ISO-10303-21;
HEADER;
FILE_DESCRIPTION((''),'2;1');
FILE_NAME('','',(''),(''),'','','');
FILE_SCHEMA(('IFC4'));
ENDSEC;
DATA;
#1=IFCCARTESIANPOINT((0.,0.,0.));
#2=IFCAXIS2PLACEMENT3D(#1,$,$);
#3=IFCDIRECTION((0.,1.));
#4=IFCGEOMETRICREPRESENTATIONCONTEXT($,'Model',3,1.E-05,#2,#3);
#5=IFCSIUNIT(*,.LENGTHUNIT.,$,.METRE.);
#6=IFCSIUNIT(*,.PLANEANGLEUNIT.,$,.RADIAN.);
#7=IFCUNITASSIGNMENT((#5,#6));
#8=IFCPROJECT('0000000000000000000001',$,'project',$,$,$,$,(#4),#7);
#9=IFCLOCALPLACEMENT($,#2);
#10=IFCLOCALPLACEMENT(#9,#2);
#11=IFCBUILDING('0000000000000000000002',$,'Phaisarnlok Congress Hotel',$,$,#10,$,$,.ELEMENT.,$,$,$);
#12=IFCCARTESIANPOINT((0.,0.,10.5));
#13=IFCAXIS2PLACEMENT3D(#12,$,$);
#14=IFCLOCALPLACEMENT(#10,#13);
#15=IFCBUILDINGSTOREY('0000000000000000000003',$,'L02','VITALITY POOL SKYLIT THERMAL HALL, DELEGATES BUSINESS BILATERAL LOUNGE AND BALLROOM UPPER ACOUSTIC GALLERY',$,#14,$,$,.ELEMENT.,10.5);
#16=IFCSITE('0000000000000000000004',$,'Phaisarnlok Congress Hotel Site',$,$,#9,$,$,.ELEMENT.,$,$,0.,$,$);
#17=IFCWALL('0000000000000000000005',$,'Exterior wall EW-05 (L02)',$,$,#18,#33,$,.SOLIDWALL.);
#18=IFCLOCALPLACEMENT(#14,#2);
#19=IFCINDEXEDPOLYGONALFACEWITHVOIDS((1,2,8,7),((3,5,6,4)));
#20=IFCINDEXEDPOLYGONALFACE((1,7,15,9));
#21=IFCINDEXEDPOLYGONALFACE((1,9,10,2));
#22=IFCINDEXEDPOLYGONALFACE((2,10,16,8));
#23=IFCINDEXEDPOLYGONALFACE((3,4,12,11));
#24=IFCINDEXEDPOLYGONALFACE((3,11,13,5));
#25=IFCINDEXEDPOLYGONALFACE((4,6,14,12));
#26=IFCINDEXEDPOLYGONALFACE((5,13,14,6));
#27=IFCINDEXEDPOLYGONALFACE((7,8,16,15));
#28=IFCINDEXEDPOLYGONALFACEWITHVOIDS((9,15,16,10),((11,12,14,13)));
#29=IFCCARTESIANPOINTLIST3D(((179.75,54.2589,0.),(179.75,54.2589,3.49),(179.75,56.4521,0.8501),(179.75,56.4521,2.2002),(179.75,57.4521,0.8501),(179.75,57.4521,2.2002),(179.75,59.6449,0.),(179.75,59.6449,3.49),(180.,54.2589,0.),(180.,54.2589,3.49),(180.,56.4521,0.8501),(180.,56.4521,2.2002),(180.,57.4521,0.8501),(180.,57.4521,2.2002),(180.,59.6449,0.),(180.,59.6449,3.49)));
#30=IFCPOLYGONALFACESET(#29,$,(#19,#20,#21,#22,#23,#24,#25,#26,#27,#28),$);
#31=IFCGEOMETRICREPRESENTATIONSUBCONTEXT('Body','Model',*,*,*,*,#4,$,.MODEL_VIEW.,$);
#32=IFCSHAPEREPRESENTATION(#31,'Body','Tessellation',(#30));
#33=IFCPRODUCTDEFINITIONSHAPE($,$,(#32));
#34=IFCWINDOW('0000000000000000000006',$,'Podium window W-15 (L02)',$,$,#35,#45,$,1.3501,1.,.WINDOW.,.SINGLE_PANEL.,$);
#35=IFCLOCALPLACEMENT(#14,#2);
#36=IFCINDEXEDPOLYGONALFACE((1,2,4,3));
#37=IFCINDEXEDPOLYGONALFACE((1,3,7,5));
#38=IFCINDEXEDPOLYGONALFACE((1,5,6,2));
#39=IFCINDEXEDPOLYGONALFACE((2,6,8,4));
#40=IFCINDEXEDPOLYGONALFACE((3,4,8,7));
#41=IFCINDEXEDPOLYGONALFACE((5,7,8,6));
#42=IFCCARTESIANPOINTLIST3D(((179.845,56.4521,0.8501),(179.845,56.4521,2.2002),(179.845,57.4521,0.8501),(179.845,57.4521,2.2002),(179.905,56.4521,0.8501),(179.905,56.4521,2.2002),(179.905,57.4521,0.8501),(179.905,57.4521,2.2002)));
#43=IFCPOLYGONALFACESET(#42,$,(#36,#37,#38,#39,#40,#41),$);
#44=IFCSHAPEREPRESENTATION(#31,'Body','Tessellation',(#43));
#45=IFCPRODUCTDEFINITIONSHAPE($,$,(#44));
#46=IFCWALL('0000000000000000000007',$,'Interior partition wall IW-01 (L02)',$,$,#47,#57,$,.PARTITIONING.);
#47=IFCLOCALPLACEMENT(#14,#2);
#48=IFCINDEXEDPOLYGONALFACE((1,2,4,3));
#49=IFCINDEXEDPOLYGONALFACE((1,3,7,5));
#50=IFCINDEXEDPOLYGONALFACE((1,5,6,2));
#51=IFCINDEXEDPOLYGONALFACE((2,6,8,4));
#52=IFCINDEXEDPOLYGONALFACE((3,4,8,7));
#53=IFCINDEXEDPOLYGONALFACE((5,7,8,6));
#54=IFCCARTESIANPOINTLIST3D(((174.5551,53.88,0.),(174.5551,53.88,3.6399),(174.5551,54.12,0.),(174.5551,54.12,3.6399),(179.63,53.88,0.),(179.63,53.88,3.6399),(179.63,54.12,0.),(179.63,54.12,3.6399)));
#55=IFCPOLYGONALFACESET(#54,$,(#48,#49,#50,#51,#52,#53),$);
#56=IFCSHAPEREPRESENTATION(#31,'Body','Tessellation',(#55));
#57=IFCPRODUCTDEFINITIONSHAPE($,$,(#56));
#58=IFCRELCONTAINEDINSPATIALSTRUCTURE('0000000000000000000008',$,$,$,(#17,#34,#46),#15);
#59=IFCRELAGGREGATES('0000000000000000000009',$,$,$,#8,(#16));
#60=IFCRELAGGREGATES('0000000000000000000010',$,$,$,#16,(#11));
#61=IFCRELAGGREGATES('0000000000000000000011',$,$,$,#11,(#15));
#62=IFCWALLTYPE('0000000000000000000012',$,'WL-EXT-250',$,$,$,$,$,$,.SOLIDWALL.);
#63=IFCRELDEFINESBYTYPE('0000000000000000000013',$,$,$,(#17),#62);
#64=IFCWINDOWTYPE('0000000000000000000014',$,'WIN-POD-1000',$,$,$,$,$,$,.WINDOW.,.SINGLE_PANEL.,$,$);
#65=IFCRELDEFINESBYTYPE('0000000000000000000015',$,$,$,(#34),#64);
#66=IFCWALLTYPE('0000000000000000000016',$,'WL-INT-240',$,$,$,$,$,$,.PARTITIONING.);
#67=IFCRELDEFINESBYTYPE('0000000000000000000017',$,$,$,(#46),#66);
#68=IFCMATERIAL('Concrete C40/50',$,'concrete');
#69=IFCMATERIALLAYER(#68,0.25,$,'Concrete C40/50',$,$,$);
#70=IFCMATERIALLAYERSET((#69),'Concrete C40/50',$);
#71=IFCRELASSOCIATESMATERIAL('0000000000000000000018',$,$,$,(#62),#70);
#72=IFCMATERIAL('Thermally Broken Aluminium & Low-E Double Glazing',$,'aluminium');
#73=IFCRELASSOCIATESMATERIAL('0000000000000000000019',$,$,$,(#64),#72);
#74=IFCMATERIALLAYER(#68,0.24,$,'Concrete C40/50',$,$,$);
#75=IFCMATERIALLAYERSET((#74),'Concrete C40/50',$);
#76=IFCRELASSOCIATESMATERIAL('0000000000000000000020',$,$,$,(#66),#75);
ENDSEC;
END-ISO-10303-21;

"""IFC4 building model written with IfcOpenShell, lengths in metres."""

from ifc_helpers import new_model, si_unit, direction, frame, frame_2d, origin, place, context, subcontext, project, spatial, rectangle, extrude, material, layer, layer_set, type_object, element, fill, save


model = new_model("IFC4")

# Units and contexts
model_context = context("Model", 3, precision=1e-05, world=origin(), true_north=direction((0.0, 1.0)))
body_context = subcontext(model_context, "Body", "Model", "MODEL_VIEW")
ifc_project = project(units=[si_unit("LENGTHUNIT", "METRE"), si_unit("PLANEANGLEUNIT", "RADIAN")], contexts=[model_context])

# Site, building, storey
site_placement = place(None, origin())
site = spatial("IfcSite", under=ifc_project, at=site_placement, Name="Phaisarnlok Congress Hotel Site", CompositionType="ELEMENT", RefElevation=0.0)
building_placement = place(site_placement, origin())
building = spatial("IfcBuilding", under=site, at=building_placement, Name="Phaisarnlok Congress Hotel", CompositionType="ELEMENT")
storey_placement = place(building_placement, frame((0.0, 0.0, 10.5)))
storey = spatial("IfcBuildingStorey", under=building, at=storey_placement, Name="L02", Description="VITALITY POOL SKYLIT THERMAL HALL, DELEGATES BUSINESS BILATERAL LOUNGE AND BALLROOM UPPER ACOUSTIC GALLERY", CompositionType="ELEMENT", Elevation=10.5)

# Shared definitions
ifc_material_1 = material(Name="Concrete C40/50", Category="concrete")

# Wall, opening, window
ifc_layer_1 = layer(ifc_material_1, 0.25, Name="Concrete C40/50")
ifc_layer_set_1 = layer_set([ifc_layer_1], Name="Concrete C40/50")
wall_type_1 = type_object("IfcWallType", Name="WL-EXT-250", PredefinedType="SOLIDWALL", material=ifc_layer_set_1)
wall_1_placement = place(storey_placement, frame((179.875, 54.259, 0.0), z_axis=(0.0, 0.0, 1.0), x_axis=(0.0, 1.0, 0.0)))
wall_1 = element("IfcWall", 1, at=wall_1_placement, inside=storey, type_object=wall_type_1, Name="Exterior wall EW-05 (L02)", PredefinedType="SOLIDWALL", context=body_context, shape_type="SweptSolid", body=[
    extrude(rectangle(XDim=5.386, YDim=0.25, at=frame_2d((2.6929, 0.0))), origin(), (0.0, 0.0, 1.0), 3.49),
])
opening_1_placement = place(wall_1_placement, frame((2.1931, 0.0, 0.8501)))
opening_1 = element("IfcOpeningElement", 2, at=opening_1_placement, cuts=wall_1, PredefinedType="OPENING", context=body_context, shape_type="SweptSolid", body=[
    extrude(rectangle(XDim=1.0, YDim=1.3501, at=frame_2d((0.5, 0.675))), frame((0.0, 0.135, 0.0), z_axis=(0.0, -1.0, 0.0), x_axis=(1.0, 0.0, 0.0)), (0.0, 0.0, 1.0), 0.27),
])
ifc_material_2 = material(Name="Thermally Broken Aluminium & Low-E Double Glazing", Category="aluminium")
window_type = type_object("IfcWindowType", Name="WIN-POD-1000", PartitioningType="SINGLE_PANEL", PredefinedType="WINDOW", material=ifc_material_2)
window_placement = place(opening_1_placement, origin())
window = element("IfcWindow", 3, at=window_placement, inside=storey, type_object=window_type, Name="Podium window W-15 (L02)", OverallHeight=1.3501, OverallWidth=1.0, PartitioningType="SINGLE_PANEL", PredefinedType="WINDOW", context=body_context, shape_type="SweptSolid", body=[
    extrude(rectangle(XDim=1.0, YDim=1.3501, at=frame_2d((0.5, 0.675))), frame((0.0, 0.03, 0.0), z_axis=(0.0, -1.0, 0.0), x_axis=(1.0, 0.0, 0.0)), (0.0, 0.0, 1.0), 0.0601),
])
fill(opening_1, window)

# Shared definitions
ifc_layer_2 = layer(ifc_material_1, 0.24, Name="Concrete C40/50")
ifc_layer_set_2 = layer_set([ifc_layer_2], Name="Concrete C40/50")
wall_type_2 = type_object("IfcWallType", Name="WL-INT-240", PredefinedType="PARTITIONING", material=ifc_layer_set_2)

# Wall
wall_2_placement = place(storey_placement, frame((174.5549, 54.0, 0.0), z_axis=(0.0, 0.0, 1.0), x_axis=(1.0, 0.0, 0.0)))
element("IfcWall", 4, at=wall_2_placement, inside=storey, type_object=wall_type_2, Name="Interior partition wall IW-01 (L02)", PredefinedType="PARTITIONING", context=body_context, shape_type="SweptSolid", body=[
    extrude(rectangle(XDim=5.075, YDim=0.24, at=frame_2d((2.5376, 0.0))), origin(), (0.0, 0.0, 1.0), 3.6399),
])

save(model, "model.ifc")
